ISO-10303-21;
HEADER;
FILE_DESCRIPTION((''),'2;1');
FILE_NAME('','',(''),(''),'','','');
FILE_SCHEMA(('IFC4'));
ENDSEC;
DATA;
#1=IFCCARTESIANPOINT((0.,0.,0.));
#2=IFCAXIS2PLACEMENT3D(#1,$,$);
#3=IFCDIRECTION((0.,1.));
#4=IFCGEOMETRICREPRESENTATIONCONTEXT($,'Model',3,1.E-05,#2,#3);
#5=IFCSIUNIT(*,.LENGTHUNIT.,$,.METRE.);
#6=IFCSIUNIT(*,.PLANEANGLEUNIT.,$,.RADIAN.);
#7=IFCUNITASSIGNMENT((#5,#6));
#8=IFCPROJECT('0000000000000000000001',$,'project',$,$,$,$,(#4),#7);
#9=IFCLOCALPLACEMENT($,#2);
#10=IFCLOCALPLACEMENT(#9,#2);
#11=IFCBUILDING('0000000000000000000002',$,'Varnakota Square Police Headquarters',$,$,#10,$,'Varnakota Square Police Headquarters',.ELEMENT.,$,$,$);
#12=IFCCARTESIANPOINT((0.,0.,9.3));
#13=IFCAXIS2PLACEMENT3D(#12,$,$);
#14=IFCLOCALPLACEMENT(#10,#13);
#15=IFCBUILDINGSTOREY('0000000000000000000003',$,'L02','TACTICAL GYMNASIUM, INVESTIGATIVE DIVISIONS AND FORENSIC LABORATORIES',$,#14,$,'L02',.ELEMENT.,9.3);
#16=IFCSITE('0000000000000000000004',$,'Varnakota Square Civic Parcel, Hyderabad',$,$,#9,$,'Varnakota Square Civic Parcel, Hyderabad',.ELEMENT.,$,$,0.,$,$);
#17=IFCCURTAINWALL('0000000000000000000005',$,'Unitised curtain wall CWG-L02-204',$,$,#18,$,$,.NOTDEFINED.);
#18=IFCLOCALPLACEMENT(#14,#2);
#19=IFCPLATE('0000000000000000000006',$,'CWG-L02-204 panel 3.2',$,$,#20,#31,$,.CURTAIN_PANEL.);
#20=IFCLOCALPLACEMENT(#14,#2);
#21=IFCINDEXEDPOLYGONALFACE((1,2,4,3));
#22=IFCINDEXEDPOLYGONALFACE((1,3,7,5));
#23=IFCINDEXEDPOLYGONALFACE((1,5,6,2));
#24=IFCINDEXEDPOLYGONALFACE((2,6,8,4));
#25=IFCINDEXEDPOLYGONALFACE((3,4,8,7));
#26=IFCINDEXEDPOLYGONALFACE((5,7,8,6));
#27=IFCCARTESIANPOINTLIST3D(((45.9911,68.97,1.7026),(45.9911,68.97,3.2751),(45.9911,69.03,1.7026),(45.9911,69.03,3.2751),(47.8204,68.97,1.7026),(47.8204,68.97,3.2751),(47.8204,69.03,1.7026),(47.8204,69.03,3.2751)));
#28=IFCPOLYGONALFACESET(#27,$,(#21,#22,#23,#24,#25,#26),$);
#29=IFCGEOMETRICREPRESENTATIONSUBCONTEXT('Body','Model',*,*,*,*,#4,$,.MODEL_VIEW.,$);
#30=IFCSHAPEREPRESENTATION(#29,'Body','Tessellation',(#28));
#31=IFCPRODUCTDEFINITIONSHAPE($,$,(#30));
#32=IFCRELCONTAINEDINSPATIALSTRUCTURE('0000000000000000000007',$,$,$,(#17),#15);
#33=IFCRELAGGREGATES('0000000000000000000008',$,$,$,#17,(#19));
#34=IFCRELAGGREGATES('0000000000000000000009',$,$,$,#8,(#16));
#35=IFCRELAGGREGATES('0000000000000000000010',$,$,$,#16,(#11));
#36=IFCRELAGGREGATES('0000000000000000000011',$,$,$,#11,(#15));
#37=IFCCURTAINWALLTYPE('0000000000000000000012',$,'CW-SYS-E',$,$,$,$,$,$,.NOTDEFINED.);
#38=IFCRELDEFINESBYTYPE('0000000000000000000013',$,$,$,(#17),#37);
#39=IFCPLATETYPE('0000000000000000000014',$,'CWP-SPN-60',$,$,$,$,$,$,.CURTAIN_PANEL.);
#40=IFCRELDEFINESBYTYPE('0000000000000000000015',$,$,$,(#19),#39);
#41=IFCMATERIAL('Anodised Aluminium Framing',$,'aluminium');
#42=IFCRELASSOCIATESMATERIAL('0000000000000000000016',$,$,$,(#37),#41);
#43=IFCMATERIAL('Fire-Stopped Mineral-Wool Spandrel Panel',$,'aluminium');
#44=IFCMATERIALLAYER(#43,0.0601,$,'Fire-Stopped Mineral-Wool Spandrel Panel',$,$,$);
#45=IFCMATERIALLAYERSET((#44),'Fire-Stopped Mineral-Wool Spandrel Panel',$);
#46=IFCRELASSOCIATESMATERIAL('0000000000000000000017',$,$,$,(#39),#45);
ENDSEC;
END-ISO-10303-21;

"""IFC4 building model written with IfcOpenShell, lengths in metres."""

from ifc_helpers import new_model, si_unit, direction, frame, origin, origin_2d, place, context, subcontext, project, spatial, rectangle, extrude, material, layer, layer_set, type_object, element, aggregate, save


model = new_model("IFC4")

# Units and contexts
model_context = context("Model", 3, precision=1e-05, world=origin(), true_north=direction((0.0, 1.0)))
body_context = subcontext(model_context, "Body", "Model", "MODEL_VIEW")
ifc_project = project(units=[si_unit("LENGTHUNIT", "METRE"), si_unit("PLANEANGLEUNIT", "RADIAN")], contexts=[model_context])

# Site, building, storey
site_placement = place(None, origin())
site = spatial("IfcSite", under=ifc_project, at=site_placement, Name="Varnakota Square Civic Parcel, Hyderabad", LongName="Varnakota Square Civic Parcel, Hyderabad", CompositionType="ELEMENT", RefElevation=0.0)
building_placement = place(site_placement, origin())
building = spatial("IfcBuilding", under=site, at=building_placement, Name="Varnakota Square Police Headquarters", LongName="Varnakota Square Police Headquarters", CompositionType="ELEMENT")
storey_placement = place(building_placement, frame((0.0, 0.0, 9.3)))
storey = spatial("IfcBuildingStorey", under=building, at=storey_placement, Name="L02", Description="TACTICAL GYMNASIUM, INVESTIGATIVE DIVISIONS AND FORENSIC LABORATORIES", LongName="L02", CompositionType="ELEMENT", Elevation=9.3)

# Curtain wall
ifc_material_1 = material(Name="Anodised Aluminium Framing", Category="aluminium")
curtain_wall_type = type_object("IfcCurtainWallType", Name="CW-SYS-E", PredefinedType="NOTDEFINED", material=ifc_material_1)
curtain_wall_1_placement = place(storey_placement, origin())
curtain_wall_1 = element("IfcCurtainWall", 1, at=curtain_wall_1_placement, inside=storey, type_object=curtain_wall_type, Name="Unitised curtain wall CWG-L02-204", PredefinedType="NOTDEFINED")

# Plate
ifc_material_2 = material(Name="Fire-Stopped Mineral-Wool Spandrel Panel", Category="aluminium")
ifc_layer_1 = layer(ifc_material_2, 0.0601, Name="Fire-Stopped Mineral-Wool Spandrel Panel")
ifc_layer_set_1 = layer_set([ifc_layer_1], Name="Fire-Stopped Mineral-Wool Spandrel Panel")
plate_type_1 = type_object("IfcPlateType", Name="CWP-SPN-60", PredefinedType="CURTAIN_PANEL", material=ifc_layer_set_1)
plate_1_placement = place(storey_placement, frame((46.9058, 69.0, 1.7026), z_axis=(0.0, 0.0, 1.0), x_axis=(1.0, 0.0, 0.0)))
plate_1 = element("IfcPlate", 2, at=plate_1_placement, type_object=plate_type_1, Name="CWG-L02-204 panel 3.2", PredefinedType="CURTAIN_PANEL", context=body_context, shape_type="SweptSolid", body=[
    extrude(rectangle(XDim=1.8293, YDim=0.0601, at=origin_2d()), origin(), (0.0, 0.0, 1.0), 1.5725),
])
aggregate(curtain_wall_1, [plate_1])

save(model, "model.ifc")
